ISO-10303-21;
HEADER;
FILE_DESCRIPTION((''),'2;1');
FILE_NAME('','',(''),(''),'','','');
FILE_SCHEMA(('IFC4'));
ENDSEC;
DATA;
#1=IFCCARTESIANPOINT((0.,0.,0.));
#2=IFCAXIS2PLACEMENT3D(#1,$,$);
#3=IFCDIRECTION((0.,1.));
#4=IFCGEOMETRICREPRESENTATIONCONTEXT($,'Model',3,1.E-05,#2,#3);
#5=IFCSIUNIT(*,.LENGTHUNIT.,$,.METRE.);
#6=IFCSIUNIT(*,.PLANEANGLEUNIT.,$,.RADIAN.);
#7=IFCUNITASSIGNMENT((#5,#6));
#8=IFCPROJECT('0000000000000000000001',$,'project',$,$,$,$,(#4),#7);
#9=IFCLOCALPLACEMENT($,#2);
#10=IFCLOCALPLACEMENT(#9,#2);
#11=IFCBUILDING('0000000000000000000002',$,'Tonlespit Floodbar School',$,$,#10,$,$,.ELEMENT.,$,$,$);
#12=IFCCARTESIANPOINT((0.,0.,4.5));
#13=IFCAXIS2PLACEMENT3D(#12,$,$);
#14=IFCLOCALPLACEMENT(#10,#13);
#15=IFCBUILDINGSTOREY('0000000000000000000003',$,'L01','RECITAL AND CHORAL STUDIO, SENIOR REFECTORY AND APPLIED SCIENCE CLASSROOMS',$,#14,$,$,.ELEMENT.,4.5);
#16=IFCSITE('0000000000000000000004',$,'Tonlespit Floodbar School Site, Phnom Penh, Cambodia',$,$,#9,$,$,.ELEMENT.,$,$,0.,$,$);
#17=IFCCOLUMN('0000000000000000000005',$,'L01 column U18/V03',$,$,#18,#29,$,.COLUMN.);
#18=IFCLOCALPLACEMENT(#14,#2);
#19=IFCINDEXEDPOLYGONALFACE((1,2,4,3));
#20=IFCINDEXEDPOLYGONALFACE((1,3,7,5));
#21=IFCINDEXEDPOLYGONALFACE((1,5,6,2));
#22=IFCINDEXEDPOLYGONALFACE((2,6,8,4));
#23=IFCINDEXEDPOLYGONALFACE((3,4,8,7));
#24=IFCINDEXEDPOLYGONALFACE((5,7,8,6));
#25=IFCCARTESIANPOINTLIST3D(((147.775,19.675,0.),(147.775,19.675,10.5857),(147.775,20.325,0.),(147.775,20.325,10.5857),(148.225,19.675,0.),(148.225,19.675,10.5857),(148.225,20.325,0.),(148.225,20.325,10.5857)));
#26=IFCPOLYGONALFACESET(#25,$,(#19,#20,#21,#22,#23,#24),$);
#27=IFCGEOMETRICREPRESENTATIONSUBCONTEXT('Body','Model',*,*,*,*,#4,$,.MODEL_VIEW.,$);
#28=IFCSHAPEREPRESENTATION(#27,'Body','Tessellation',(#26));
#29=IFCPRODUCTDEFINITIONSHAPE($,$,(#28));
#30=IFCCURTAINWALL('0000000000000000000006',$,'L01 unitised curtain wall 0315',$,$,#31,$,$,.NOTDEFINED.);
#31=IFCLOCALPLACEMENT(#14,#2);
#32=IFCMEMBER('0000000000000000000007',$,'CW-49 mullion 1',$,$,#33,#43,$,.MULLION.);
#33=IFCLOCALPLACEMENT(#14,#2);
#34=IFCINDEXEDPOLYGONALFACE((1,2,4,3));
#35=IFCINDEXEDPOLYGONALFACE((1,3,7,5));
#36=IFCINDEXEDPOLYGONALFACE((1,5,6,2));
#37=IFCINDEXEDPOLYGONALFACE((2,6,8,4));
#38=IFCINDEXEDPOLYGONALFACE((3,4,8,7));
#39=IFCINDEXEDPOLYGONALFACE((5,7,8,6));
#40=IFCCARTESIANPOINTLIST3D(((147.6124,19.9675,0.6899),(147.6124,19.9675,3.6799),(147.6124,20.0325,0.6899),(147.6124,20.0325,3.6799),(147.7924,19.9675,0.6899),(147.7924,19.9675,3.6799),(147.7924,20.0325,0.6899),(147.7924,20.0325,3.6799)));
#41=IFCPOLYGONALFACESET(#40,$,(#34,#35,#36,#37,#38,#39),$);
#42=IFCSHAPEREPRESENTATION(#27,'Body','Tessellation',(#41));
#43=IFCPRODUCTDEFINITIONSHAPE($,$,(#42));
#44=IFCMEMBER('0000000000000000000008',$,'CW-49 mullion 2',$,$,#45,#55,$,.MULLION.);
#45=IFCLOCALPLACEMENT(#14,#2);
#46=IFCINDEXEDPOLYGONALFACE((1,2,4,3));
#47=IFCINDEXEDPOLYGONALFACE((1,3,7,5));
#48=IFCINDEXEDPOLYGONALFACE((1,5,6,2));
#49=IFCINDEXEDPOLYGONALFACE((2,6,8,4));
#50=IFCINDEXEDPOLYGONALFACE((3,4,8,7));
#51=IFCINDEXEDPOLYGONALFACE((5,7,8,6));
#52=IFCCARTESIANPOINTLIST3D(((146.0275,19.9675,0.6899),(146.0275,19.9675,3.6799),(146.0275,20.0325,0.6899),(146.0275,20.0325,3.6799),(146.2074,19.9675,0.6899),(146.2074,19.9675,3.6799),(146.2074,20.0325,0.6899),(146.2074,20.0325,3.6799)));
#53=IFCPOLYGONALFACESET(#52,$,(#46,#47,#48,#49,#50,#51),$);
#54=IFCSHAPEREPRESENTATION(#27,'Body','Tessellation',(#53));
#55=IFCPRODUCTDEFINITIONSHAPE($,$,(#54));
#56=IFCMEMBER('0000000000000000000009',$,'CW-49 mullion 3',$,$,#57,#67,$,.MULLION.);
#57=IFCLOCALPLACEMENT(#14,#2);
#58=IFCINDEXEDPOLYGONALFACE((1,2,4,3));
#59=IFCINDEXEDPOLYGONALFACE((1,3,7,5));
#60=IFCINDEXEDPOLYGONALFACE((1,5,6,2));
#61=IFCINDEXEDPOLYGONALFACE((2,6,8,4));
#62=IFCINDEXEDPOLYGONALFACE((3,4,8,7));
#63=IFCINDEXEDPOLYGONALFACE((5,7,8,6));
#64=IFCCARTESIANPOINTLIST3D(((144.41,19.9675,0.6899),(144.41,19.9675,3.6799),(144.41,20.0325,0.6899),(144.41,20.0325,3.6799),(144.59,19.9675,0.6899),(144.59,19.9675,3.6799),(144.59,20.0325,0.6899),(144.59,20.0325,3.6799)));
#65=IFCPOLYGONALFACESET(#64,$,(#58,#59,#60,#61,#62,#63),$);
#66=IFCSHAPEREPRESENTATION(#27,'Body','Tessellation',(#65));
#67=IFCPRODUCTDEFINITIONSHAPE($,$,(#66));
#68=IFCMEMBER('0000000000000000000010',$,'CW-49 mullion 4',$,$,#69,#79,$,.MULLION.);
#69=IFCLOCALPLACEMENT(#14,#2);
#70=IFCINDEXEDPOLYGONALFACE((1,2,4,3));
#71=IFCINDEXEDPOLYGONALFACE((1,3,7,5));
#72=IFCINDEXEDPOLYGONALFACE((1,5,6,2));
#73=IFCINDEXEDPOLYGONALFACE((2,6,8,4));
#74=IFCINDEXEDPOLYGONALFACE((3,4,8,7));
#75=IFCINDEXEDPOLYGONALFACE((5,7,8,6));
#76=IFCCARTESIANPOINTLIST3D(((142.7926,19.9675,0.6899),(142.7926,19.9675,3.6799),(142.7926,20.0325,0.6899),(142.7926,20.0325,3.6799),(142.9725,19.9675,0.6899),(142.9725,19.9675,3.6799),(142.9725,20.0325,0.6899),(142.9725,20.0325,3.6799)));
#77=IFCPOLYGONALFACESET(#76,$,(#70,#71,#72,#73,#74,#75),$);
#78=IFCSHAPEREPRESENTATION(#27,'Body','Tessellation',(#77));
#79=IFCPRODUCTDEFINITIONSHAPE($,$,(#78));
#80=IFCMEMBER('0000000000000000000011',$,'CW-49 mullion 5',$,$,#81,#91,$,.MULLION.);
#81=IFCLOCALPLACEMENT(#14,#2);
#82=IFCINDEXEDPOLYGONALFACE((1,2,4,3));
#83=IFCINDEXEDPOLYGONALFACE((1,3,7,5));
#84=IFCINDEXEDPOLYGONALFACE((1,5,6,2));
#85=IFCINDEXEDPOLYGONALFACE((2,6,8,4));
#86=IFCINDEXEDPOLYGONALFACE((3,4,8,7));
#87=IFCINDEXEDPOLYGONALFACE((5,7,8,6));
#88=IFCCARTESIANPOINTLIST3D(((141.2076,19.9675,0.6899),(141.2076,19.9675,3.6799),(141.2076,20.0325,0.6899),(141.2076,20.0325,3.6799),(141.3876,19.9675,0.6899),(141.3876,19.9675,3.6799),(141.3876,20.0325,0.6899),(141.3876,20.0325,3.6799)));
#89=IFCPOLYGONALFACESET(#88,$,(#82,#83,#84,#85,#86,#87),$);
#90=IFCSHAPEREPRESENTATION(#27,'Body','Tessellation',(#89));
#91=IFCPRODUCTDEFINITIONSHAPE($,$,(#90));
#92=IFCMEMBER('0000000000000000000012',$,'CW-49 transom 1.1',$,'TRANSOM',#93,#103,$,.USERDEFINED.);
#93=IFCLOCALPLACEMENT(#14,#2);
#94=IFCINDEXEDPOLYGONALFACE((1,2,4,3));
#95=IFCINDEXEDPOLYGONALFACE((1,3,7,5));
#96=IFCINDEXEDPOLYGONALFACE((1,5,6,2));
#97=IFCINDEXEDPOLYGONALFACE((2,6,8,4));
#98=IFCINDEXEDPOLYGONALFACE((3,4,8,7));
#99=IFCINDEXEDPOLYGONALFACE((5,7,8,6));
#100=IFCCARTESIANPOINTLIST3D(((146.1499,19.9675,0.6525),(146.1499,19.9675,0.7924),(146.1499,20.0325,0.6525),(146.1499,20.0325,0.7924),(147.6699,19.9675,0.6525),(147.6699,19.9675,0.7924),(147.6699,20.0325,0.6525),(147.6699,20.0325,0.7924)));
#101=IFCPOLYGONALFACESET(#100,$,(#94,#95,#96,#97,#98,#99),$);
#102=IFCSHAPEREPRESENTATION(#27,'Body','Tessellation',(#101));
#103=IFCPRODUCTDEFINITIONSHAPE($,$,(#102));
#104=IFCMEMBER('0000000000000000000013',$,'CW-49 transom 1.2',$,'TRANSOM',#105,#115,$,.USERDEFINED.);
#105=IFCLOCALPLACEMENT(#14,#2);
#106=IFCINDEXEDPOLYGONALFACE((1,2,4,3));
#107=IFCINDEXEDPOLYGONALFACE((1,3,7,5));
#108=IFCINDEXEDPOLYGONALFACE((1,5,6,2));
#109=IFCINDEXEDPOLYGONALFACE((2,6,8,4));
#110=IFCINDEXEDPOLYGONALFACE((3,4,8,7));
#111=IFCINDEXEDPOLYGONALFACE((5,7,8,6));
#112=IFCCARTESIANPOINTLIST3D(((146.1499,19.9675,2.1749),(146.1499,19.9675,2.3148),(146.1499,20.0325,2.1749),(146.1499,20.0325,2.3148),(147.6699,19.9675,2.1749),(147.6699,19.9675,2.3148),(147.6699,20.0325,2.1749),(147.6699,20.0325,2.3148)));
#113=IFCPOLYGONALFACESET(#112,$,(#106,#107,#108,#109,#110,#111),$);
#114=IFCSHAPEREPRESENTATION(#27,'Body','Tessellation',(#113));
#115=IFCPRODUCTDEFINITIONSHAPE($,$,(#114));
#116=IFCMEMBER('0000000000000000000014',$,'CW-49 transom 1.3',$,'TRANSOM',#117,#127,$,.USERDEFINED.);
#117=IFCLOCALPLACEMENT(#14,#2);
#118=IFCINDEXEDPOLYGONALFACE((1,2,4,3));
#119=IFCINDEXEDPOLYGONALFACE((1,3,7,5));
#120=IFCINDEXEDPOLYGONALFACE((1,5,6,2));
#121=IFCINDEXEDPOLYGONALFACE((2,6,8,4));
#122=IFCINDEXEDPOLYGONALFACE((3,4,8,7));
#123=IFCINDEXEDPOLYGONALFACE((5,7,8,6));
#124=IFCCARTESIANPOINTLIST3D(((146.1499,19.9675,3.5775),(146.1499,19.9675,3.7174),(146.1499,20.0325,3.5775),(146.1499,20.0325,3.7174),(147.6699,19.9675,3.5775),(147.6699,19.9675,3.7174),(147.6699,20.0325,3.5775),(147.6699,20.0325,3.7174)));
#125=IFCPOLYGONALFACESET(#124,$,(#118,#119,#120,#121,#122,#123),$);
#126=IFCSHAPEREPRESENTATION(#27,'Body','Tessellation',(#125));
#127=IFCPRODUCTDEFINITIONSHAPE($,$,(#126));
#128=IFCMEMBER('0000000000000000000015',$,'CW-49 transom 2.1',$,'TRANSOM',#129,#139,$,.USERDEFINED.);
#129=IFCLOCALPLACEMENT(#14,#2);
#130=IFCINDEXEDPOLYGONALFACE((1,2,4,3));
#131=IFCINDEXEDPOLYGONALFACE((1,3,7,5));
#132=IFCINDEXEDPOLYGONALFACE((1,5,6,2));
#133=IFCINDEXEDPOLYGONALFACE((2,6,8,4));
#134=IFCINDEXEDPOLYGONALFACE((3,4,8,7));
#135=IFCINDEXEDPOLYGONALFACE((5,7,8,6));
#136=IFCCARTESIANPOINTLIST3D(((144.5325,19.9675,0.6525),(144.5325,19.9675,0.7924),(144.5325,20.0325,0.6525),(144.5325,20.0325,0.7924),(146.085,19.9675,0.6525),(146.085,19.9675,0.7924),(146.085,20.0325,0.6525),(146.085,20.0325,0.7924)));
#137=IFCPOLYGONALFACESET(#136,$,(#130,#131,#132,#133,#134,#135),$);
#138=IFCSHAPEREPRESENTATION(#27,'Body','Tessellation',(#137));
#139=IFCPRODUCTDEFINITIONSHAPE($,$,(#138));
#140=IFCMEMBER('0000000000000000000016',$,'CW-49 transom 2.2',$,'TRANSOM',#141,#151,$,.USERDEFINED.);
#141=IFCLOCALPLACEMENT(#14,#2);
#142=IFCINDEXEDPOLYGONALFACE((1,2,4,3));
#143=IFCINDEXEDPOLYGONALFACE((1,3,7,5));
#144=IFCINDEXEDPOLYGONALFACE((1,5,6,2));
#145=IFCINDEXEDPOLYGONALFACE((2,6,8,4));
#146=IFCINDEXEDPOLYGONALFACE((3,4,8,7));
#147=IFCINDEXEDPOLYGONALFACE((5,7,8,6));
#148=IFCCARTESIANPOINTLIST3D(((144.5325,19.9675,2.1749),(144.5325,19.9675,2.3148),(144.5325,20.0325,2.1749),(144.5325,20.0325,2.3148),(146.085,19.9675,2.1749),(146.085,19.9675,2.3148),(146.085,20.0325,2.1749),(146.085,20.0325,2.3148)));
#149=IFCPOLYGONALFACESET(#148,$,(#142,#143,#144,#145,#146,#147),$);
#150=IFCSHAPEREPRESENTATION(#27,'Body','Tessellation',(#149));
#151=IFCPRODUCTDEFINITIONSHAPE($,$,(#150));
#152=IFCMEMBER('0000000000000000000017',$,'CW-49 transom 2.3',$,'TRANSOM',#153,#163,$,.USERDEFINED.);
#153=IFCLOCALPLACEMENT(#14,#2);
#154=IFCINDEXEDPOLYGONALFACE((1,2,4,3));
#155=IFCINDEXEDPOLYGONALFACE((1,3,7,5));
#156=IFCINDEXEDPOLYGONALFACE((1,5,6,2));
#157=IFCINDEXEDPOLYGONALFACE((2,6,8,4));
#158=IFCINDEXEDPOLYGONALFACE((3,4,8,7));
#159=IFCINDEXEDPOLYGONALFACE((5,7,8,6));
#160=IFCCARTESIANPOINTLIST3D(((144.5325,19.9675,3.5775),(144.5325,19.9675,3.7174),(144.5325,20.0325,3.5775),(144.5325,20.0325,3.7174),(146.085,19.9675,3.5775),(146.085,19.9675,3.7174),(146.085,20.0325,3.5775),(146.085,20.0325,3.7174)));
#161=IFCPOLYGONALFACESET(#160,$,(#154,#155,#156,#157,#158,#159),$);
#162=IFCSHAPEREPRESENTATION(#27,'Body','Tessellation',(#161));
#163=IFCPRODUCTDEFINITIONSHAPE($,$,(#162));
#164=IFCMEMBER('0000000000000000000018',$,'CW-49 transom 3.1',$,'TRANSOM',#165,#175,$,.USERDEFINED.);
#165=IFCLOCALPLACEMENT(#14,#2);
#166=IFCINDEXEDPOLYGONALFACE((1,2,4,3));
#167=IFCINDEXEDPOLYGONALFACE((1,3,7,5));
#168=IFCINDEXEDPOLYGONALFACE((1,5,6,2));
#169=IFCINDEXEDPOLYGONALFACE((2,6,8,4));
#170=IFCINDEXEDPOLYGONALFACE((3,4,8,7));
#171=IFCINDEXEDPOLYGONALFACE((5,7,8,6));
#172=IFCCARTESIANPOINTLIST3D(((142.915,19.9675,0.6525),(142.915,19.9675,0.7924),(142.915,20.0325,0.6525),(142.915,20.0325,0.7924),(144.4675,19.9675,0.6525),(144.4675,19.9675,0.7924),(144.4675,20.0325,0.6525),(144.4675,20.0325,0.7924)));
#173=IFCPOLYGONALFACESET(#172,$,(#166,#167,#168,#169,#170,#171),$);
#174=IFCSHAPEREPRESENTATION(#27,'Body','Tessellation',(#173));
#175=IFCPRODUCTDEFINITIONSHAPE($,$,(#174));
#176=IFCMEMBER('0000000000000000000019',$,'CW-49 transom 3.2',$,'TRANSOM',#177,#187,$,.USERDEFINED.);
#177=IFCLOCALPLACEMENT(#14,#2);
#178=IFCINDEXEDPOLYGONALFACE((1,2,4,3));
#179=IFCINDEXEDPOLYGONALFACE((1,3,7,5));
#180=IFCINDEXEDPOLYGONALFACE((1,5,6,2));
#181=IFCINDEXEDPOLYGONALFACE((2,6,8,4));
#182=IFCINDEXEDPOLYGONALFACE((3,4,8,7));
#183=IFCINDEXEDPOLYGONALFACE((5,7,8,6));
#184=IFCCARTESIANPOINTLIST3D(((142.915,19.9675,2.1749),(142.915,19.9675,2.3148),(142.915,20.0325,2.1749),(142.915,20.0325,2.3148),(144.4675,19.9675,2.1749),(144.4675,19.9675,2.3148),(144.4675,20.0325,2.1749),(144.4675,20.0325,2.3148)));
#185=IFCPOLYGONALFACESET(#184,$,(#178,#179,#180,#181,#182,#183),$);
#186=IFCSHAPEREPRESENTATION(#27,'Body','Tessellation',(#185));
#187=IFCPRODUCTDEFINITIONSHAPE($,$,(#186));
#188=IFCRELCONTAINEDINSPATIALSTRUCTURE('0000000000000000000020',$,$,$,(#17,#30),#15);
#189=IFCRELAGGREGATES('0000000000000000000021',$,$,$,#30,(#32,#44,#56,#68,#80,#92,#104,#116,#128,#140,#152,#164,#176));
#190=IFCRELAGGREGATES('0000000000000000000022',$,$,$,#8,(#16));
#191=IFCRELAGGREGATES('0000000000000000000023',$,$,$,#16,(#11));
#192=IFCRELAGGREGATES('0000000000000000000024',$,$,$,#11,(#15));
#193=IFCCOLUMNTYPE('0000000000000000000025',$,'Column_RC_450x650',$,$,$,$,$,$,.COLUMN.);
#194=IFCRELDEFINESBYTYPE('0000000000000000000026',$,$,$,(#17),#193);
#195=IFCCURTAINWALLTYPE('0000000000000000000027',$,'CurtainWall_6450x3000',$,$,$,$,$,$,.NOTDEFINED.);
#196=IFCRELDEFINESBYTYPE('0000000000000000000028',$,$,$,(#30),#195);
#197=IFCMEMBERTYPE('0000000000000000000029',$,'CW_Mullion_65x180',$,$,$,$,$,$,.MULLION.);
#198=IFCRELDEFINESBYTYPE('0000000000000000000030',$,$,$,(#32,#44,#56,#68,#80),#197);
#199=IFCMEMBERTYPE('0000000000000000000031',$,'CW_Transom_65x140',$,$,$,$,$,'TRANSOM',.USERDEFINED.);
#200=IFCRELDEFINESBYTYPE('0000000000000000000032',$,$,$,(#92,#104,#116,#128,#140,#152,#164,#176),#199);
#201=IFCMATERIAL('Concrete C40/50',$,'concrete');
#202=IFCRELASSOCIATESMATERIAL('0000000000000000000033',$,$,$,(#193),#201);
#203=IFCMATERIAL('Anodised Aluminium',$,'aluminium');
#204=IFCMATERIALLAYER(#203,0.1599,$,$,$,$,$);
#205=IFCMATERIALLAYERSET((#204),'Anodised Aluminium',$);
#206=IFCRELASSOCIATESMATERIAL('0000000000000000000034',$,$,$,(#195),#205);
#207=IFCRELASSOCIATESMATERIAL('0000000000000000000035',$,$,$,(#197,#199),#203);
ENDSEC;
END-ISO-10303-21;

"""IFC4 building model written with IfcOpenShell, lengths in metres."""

from ifc_helpers import new_model, si_unit, direction, frame, origin, origin_2d, place, context, subcontext, project, spatial, rectangle, extrude, material, layer, layer_set, material_profile, profile_set, type_object, element, aggregate, save


model = new_model("IFC4")

# Units and contexts
model_context = context("Model", 3, precision=1e-05, world=origin(), true_north=direction((0.0, 1.0)))
body_context = subcontext(model_context, "Body", "Model", "MODEL_VIEW")
ifc_project = project(units=[si_unit("LENGTHUNIT", "METRE"), si_unit("PLANEANGLEUNIT", "RADIAN")], contexts=[model_context])

# Site, building, storey
site_placement = place(None, origin())
site = spatial("IfcSite", under=ifc_project, at=site_placement, Name="Tonlespit Floodbar School Site, Phnom Penh, Cambodia", CompositionType="ELEMENT", RefElevation=0.0)
building_placement = place(site_placement, origin())
building = spatial("IfcBuilding", under=site, at=building_placement, Name="Tonlespit Floodbar School", CompositionType="ELEMENT")
storey_placement = place(building_placement, frame((0.0, 0.0, 4.5)))
storey = spatial("IfcBuildingStorey", under=building, at=storey_placement, Name="L01", Description="RECITAL AND CHORAL STUDIO, SENIOR REFECTORY AND APPLIED SCIENCE CLASSROOMS", CompositionType="ELEMENT", Elevation=4.5)

# Column
ifc_material_1 = material(Name="Concrete C40/50", Category="concrete")
ifc_material_profile_1 = material_profile(ifc_material_1, rectangle(XDim=0.45, YDim=0.6499, at=origin_2d()), Name="RC 450x650")
ifc_profile_set_1 = profile_set([ifc_material_profile_1], Name="Concrete C40/50")
column_type = type_object("IfcColumnType", Name="Column_RC_450x650", PredefinedType="COLUMN", material=ifc_profile_set_1)
column_placement = place(storey_placement, frame((148.0, 20.0, 0.0), z_axis=(0.0, 0.0, 1.0), x_axis=(1.0, 0.0, 0.0)))
element("IfcColumn", 1, at=column_placement, inside=storey, type_object=column_type, Name="L01 column U18/V03", PredefinedType="COLUMN", context=body_context, shape_type="SweptSolid", body=[
    extrude(rectangle(XDim=0.45, YDim=0.6499, at=origin_2d()), origin(), (0.0, 0.0, 1.0), 10.5857),
])

# Curtain wall, members
ifc_material_2 = material(Name="Anodised Aluminium", Category="aluminium")
ifc_layer_1 = layer(ifc_material_2, 0.1599)
ifc_layer_set_1 = layer_set([ifc_layer_1], Name="Anodised Aluminium")
curtain_wall_type = type_object("IfcCurtainWallType", Name="CurtainWall_6450x3000", PredefinedType="NOTDEFINED", material=ifc_layer_set_1)
curtain_wall_placement = place(storey_placement, origin())
curtain_wall = element("IfcCurtainWall", 2, at=curtain_wall_placement, inside=storey, type_object=curtain_wall_type, Name="L01 unitised curtain wall 0315", PredefinedType="NOTDEFINED")
ifc_material_profile_2 = material_profile(ifc_material_2, rectangle(XDim=0.0649, YDim=0.1799, at=origin_2d()), Name="ALU M65x180")
ifc_profile_set_2 = profile_set([ifc_material_profile_2], Name="Anodised Aluminium")
member_type_1 = type_object("IfcMemberType", Name="CW_Mullion_65x180", PredefinedType="MULLION", material=ifc_profile_set_2)
member_1_placement = place(storey_placement, frame((147.7024, 20.0, 0.6899), z_axis=(0.0, 0.0, 1.0), x_axis=(0.0, -1.0, 0.0)))
member_1 = element("IfcMember", 3, at=member_1_placement, type_object=member_type_1, Name="CW-49 mullion 1", PredefinedType="MULLION", context=body_context, shape_type="SweptSolid", body=[
    extrude(rectangle(XDim=0.0649, YDim=0.1799, at=origin_2d()), origin(), (0.0, 0.0, 1.0), 2.99),
])
member_2_placement = place(storey_placement, frame((146.1174, 20.0, 0.6899), z_axis=(0.0, 0.0, 1.0), x_axis=(0.0, -1.0, 0.0)))
member_2 = element("IfcMember", 4, at=member_2_placement, type_object=member_type_1, Name="CW-49 mullion 2", PredefinedType="MULLION", context=body_context, shape_type="SweptSolid", body=[
    extrude(rectangle(XDim=0.0649, YDim=0.1799, at=origin_2d()), origin(), (0.0, 0.0, 1.0), 2.99),
])
member_3_placement = place(storey_placement, frame((144.5, 20.0, 0.6899), z_axis=(0.0, 0.0, 1.0), x_axis=(0.0, -1.0, 0.0)))
member_3 = element("IfcMember", 5, at=member_3_placement, type_object=member_type_1, Name="CW-49 mullion 3", PredefinedType="MULLION", context=body_context, shape_type="SweptSolid", body=[
    extrude(rectangle(XDim=0.0649, YDim=0.1799, at=origin_2d()), origin(), (0.0, 0.0, 1.0), 2.99),
])
member_4_placement = place(storey_placement, frame((142.8826, 20.0, 0.6899), z_axis=(0.0, 0.0, 1.0), x_axis=(0.0, -1.0, 0.0)))
member_4 = element("IfcMember", 6, at=member_4_placement, type_object=member_type_1, Name="CW-49 mullion 4", PredefinedType="MULLION", context=body_context, shape_type="SweptSolid", body=[
    extrude(rectangle(XDim=0.0649, YDim=0.1799, at=origin_2d()), origin(), (0.0, 0.0, 1.0), 2.99),
])
member_5_placement = place(storey_placement, frame((141.2976, 20.0, 0.6899), z_axis=(0.0, 0.0, 1.0), x_axis=(0.0, -1.0, 0.0)))
member_5 = element("IfcMember", 7, at=member_5_placement, type_object=member_type_1, Name="CW-49 mullion 5", PredefinedType="MULLION", context=body_context, shape_type="SweptSolid", body=[
    extrude(rectangle(XDim=0.0649, YDim=0.1799, at=origin_2d()), origin(), (0.0, 0.0, 1.0), 2.99),
])
ifc_material_profile_3 = material_profile(ifc_material_2, rectangle(XDim=0.0649, YDim=0.1399, at=origin_2d()), Name="ALU T65x140")
ifc_profile_set_3 = profile_set([ifc_material_profile_3], Name="Anodised Aluminium")
member_type_2 = type_object("IfcMemberType", Name="CW_Transom_65x140", ElementType="TRANSOM", PredefinedType="USERDEFINED", material=ifc_profile_set_3)
member_6_placement = place(storey_placement, frame((147.6699, 20.0, 0.7224), z_axis=(-1.0, 0.0, 0.0), x_axis=(0.0, -1.0, 0.0)))
member_6 = element("IfcMember", 8, at=member_6_placement, type_object=member_type_2, Name="CW-49 transom 1.1", ObjectType="TRANSOM", PredefinedType="USERDEFINED", context=body_context, shape_type="SweptSolid", body=[
    extrude(rectangle(XDim=0.0649, YDim=0.1399, at=origin_2d()), origin(), (0.0, 0.0, 1.0), 1.52),
])
member_7_placement = place(storey_placement, frame((147.6699, 20.0, 2.2449), z_axis=(-1.0, 0.0, 0.0), x_axis=(0.0, -1.0, 0.0)))
member_7 = element("IfcMember", 9, at=member_7_placement, type_object=member_type_2, Name="CW-49 transom 1.2", ObjectType="TRANSOM", PredefinedType="USERDEFINED", context=body_context, shape_type="SweptSolid", body=[
    extrude(rectangle(XDim=0.0649, YDim=0.1399, at=origin_2d()), origin(), (0.0, 0.0, 1.0), 1.52),
])
member_8_placement = place(storey_placement, frame((147.6699, 20.0, 3.6475), z_axis=(-1.0, 0.0, 0.0), x_axis=(0.0, -1.0, 0.0)))
member_8 = element("IfcMember", 10, at=member_8_placement, type_object=member_type_2, Name="CW-49 transom 1.3", ObjectType="TRANSOM", PredefinedType="USERDEFINED", context=body_context, shape_type="SweptSolid", body=[
    extrude(rectangle(XDim=0.0649, YDim=0.1399, at=origin_2d()), origin(), (0.0, 0.0, 1.0), 1.52),
])
member_9_placement = place(storey_placement, frame((146.085, 20.0, 0.7224), z_axis=(-1.0, 0.0, 0.0), x_axis=(0.0, -1.0, 0.0)))
member_9 = element("IfcMember", 11, at=member_9_placement, type_object=member_type_2, Name="CW-49 transom 2.1", ObjectType="TRANSOM", PredefinedType="USERDEFINED", context=body_context, shape_type="SweptSolid", body=[
    extrude(rectangle(XDim=0.0649, YDim=0.1399, at=origin_2d()), origin(), (0.0, 0.0, 1.0), 1.5525),
])
member_10_placement = place(storey_placement, frame((146.085, 20.0, 2.2449), z_axis=(-1.0, 0.0, 0.0), x_axis=(0.0, -1.0, 0.0)))
member_10 = element("IfcMember", 12, at=member_10_placement, type_object=member_type_2, Name="CW-49 transom 2.2", ObjectType="TRANSOM", PredefinedType="USERDEFINED", context=body_context, shape_type="SweptSolid", body=[
    extrude(rectangle(XDim=0.0649, YDim=0.1399, at=origin_2d()), origin(), (0.0, 0.0, 1.0), 1.5525),
])
member_11_placement = place(storey_placement, frame((146.085, 20.0, 3.6475), z_axis=(-1.0, 0.0, 0.0), x_axis=(0.0, -1.0, 0.0)))
member_11 = element("IfcMember", 13, at=member_11_placement, type_object=member_type_2, Name="CW-49 transom 2.3", ObjectType="TRANSOM", PredefinedType="USERDEFINED", context=body_context, shape_type="SweptSolid", body=[
    extrude(rectangle(XDim=0.0649, YDim=0.1399, at=origin_2d()), origin(), (0.0, 0.0, 1.0), 1.5525),
])
member_12_placement = place(storey_placement, frame((144.4675, 20.0, 0.7224), z_axis=(-1.0, 0.0, 0.0), x_axis=(0.0, -1.0, 0.0)))
member_12 = element("IfcMember", 14, at=member_12_placement, type_object=member_type_2, Name="CW-49 transom 3.1", ObjectType="TRANSOM", PredefinedType="USERDEFINED", context=body_context, shape_type="SweptSolid", body=[
    extrude(rectangle(XDim=0.0649, YDim=0.1399, at=origin_2d()), origin(), (0.0, 0.0, 1.0), 1.5525),
])
member_13_placement = place(storey_placement, frame((144.4675, 20.0, 2.2449), z_axis=(-1.0, 0.0, 0.0), x_axis=(0.0, -1.0, 0.0)))
member_13 = element("IfcMember", 15, at=member_13_placement, type_object=member_type_2, Name="CW-49 transom 3.2", ObjectType="TRANSOM", PredefinedType="USERDEFINED", context=body_context, shape_type="SweptSolid", body=[
    extrude(rectangle(XDim=0.0649, YDim=0.1399, at=origin_2d()), origin(), (0.0, 0.0, 1.0), 1.5525),
])
aggregate(curtain_wall, [member_1, member_2, member_3, member_4, member_5, member_6, member_7, member_8, member_9, member_10, member_11, member_12, member_13])

save(model, "model.ifc")
